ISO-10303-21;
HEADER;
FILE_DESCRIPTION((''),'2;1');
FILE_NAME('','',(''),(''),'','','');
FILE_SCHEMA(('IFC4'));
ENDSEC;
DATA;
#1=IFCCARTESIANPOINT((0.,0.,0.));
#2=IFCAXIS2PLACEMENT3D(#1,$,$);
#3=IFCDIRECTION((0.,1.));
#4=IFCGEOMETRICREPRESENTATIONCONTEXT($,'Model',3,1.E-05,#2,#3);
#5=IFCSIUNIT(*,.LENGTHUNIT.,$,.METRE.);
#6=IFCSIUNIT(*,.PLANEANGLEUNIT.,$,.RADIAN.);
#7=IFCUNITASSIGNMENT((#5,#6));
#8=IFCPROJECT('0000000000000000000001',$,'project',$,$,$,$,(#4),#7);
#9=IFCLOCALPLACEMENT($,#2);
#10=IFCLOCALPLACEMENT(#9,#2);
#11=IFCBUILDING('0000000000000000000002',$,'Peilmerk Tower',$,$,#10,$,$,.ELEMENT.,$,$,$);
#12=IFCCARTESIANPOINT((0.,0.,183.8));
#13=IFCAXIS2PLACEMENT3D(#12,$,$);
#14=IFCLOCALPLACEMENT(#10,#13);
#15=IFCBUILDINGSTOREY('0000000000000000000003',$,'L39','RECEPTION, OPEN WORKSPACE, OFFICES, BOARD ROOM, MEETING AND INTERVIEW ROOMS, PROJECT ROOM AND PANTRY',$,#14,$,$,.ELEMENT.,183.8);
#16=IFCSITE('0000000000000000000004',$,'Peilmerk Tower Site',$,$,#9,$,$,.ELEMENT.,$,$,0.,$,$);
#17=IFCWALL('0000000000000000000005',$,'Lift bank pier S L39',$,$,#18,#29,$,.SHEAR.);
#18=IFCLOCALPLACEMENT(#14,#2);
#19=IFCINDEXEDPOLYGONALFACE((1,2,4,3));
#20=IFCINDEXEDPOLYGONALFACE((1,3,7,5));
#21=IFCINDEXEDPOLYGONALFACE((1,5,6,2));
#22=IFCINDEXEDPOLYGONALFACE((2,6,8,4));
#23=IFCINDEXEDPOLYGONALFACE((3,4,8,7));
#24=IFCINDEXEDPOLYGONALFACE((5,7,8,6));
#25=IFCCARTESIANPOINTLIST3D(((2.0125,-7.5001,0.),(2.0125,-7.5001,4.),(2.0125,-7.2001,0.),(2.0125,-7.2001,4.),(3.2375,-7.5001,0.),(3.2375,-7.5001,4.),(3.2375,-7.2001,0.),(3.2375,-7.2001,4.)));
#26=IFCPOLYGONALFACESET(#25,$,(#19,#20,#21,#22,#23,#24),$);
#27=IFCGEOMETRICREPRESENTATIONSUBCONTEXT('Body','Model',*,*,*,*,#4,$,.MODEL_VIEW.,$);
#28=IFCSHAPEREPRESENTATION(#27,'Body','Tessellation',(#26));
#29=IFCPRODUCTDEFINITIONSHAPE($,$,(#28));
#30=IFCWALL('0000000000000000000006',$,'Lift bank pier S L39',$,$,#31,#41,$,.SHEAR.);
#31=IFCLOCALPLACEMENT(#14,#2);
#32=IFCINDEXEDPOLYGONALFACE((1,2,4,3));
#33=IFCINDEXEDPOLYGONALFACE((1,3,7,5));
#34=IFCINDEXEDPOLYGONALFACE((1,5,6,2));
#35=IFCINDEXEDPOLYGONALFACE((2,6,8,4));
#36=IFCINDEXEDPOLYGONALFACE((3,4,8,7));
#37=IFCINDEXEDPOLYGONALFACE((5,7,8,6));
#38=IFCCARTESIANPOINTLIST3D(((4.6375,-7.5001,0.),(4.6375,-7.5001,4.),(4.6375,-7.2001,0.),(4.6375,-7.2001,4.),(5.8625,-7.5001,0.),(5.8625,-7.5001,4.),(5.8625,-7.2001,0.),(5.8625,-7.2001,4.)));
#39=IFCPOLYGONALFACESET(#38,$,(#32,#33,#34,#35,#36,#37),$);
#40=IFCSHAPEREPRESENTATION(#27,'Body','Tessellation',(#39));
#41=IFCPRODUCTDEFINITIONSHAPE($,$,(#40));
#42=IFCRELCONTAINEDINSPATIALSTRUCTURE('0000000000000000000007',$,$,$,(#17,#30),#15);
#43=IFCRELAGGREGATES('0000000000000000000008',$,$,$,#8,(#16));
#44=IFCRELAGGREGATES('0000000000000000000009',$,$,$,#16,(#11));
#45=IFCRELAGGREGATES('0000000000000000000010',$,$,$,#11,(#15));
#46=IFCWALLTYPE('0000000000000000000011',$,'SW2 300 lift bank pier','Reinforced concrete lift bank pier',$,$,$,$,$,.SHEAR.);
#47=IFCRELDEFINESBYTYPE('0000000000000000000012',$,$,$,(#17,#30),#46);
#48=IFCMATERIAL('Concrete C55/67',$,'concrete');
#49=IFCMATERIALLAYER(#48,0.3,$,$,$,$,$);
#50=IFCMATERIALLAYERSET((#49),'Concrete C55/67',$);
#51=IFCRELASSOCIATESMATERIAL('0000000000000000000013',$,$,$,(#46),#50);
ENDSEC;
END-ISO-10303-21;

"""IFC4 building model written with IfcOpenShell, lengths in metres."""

from ifc_helpers import new_model, si_unit, direction, frame, frame_2d, origin, place, context, subcontext, project, spatial, rectangle, extrude, material, layer, layer_set, type_object, element, save


model = new_model("IFC4")

# Units and contexts
model_context = context("Model", 3, precision=1e-05, world=origin(), true_north=direction((0.0, 1.0)))
body_context = subcontext(model_context, "Body", "Model", "MODEL_VIEW")
ifc_project = project(units=[si_unit("LENGTHUNIT", "METRE"), si_unit("PLANEANGLEUNIT", "RADIAN")], contexts=[model_context])

# Site, building, storey
site_placement = place(None, origin())
site = spatial("IfcSite", under=ifc_project, at=site_placement, Name="Peilmerk Tower Site", CompositionType="ELEMENT", RefElevation=0.0)
building_placement = place(site_placement, origin())
building = spatial("IfcBuilding", under=site, at=building_placement, Name="Peilmerk Tower", CompositionType="ELEMENT")
storey_placement = place(building_placement, frame((0.0, 0.0, 183.8)))
storey = spatial("IfcBuildingStorey", under=building, at=storey_placement, Name="L39", Description="RECEPTION, OPEN WORKSPACE, OFFICES, BOARD ROOM, MEETING AND INTERVIEW ROOMS, PROJECT ROOM AND PANTRY", CompositionType="ELEMENT", Elevation=183.8)

# Walls
ifc_material_1 = material(Name="Concrete C55/67", Category="concrete")
ifc_layer_1 = layer(ifc_material_1, 0.3)
ifc_layer_set_1 = layer_set([ifc_layer_1], Name="Concrete C55/67")
wall_type_1 = type_object("IfcWallType", Name="SW2 300 lift bank pier", Description="Reinforced concrete lift bank pier", PredefinedType="SHEAR", material=ifc_layer_set_1)
for number, where, z_axis, x_axis, name in (
    (1, (2.0125, -7.3501, 0.0), (0.0, 0.0, 1.0), (1.0, 0.0, 0.0), "Lift bank pier S L39"),
    (2, (4.6375, -7.3501, 0.0), (0.0, 0.0, 1.0), (1.0, 0.0, 0.0), "Lift bank pier S L39"),
):
    element("IfcWall", number, at=place(storey_placement, frame(where, z_axis=z_axis, x_axis=x_axis)), inside=storey, type_object=wall_type_1, Name=name, PredefinedType="SHEAR", context=body_context, shape_type="SweptSolid", body=[
        extrude(rectangle(XDim=1.2251, YDim=0.3, at=frame_2d((0.6125, 0.0))), origin(), (0.0, 0.0, 1.0), 4.0),
    ])

save(model, "model.ifc")
